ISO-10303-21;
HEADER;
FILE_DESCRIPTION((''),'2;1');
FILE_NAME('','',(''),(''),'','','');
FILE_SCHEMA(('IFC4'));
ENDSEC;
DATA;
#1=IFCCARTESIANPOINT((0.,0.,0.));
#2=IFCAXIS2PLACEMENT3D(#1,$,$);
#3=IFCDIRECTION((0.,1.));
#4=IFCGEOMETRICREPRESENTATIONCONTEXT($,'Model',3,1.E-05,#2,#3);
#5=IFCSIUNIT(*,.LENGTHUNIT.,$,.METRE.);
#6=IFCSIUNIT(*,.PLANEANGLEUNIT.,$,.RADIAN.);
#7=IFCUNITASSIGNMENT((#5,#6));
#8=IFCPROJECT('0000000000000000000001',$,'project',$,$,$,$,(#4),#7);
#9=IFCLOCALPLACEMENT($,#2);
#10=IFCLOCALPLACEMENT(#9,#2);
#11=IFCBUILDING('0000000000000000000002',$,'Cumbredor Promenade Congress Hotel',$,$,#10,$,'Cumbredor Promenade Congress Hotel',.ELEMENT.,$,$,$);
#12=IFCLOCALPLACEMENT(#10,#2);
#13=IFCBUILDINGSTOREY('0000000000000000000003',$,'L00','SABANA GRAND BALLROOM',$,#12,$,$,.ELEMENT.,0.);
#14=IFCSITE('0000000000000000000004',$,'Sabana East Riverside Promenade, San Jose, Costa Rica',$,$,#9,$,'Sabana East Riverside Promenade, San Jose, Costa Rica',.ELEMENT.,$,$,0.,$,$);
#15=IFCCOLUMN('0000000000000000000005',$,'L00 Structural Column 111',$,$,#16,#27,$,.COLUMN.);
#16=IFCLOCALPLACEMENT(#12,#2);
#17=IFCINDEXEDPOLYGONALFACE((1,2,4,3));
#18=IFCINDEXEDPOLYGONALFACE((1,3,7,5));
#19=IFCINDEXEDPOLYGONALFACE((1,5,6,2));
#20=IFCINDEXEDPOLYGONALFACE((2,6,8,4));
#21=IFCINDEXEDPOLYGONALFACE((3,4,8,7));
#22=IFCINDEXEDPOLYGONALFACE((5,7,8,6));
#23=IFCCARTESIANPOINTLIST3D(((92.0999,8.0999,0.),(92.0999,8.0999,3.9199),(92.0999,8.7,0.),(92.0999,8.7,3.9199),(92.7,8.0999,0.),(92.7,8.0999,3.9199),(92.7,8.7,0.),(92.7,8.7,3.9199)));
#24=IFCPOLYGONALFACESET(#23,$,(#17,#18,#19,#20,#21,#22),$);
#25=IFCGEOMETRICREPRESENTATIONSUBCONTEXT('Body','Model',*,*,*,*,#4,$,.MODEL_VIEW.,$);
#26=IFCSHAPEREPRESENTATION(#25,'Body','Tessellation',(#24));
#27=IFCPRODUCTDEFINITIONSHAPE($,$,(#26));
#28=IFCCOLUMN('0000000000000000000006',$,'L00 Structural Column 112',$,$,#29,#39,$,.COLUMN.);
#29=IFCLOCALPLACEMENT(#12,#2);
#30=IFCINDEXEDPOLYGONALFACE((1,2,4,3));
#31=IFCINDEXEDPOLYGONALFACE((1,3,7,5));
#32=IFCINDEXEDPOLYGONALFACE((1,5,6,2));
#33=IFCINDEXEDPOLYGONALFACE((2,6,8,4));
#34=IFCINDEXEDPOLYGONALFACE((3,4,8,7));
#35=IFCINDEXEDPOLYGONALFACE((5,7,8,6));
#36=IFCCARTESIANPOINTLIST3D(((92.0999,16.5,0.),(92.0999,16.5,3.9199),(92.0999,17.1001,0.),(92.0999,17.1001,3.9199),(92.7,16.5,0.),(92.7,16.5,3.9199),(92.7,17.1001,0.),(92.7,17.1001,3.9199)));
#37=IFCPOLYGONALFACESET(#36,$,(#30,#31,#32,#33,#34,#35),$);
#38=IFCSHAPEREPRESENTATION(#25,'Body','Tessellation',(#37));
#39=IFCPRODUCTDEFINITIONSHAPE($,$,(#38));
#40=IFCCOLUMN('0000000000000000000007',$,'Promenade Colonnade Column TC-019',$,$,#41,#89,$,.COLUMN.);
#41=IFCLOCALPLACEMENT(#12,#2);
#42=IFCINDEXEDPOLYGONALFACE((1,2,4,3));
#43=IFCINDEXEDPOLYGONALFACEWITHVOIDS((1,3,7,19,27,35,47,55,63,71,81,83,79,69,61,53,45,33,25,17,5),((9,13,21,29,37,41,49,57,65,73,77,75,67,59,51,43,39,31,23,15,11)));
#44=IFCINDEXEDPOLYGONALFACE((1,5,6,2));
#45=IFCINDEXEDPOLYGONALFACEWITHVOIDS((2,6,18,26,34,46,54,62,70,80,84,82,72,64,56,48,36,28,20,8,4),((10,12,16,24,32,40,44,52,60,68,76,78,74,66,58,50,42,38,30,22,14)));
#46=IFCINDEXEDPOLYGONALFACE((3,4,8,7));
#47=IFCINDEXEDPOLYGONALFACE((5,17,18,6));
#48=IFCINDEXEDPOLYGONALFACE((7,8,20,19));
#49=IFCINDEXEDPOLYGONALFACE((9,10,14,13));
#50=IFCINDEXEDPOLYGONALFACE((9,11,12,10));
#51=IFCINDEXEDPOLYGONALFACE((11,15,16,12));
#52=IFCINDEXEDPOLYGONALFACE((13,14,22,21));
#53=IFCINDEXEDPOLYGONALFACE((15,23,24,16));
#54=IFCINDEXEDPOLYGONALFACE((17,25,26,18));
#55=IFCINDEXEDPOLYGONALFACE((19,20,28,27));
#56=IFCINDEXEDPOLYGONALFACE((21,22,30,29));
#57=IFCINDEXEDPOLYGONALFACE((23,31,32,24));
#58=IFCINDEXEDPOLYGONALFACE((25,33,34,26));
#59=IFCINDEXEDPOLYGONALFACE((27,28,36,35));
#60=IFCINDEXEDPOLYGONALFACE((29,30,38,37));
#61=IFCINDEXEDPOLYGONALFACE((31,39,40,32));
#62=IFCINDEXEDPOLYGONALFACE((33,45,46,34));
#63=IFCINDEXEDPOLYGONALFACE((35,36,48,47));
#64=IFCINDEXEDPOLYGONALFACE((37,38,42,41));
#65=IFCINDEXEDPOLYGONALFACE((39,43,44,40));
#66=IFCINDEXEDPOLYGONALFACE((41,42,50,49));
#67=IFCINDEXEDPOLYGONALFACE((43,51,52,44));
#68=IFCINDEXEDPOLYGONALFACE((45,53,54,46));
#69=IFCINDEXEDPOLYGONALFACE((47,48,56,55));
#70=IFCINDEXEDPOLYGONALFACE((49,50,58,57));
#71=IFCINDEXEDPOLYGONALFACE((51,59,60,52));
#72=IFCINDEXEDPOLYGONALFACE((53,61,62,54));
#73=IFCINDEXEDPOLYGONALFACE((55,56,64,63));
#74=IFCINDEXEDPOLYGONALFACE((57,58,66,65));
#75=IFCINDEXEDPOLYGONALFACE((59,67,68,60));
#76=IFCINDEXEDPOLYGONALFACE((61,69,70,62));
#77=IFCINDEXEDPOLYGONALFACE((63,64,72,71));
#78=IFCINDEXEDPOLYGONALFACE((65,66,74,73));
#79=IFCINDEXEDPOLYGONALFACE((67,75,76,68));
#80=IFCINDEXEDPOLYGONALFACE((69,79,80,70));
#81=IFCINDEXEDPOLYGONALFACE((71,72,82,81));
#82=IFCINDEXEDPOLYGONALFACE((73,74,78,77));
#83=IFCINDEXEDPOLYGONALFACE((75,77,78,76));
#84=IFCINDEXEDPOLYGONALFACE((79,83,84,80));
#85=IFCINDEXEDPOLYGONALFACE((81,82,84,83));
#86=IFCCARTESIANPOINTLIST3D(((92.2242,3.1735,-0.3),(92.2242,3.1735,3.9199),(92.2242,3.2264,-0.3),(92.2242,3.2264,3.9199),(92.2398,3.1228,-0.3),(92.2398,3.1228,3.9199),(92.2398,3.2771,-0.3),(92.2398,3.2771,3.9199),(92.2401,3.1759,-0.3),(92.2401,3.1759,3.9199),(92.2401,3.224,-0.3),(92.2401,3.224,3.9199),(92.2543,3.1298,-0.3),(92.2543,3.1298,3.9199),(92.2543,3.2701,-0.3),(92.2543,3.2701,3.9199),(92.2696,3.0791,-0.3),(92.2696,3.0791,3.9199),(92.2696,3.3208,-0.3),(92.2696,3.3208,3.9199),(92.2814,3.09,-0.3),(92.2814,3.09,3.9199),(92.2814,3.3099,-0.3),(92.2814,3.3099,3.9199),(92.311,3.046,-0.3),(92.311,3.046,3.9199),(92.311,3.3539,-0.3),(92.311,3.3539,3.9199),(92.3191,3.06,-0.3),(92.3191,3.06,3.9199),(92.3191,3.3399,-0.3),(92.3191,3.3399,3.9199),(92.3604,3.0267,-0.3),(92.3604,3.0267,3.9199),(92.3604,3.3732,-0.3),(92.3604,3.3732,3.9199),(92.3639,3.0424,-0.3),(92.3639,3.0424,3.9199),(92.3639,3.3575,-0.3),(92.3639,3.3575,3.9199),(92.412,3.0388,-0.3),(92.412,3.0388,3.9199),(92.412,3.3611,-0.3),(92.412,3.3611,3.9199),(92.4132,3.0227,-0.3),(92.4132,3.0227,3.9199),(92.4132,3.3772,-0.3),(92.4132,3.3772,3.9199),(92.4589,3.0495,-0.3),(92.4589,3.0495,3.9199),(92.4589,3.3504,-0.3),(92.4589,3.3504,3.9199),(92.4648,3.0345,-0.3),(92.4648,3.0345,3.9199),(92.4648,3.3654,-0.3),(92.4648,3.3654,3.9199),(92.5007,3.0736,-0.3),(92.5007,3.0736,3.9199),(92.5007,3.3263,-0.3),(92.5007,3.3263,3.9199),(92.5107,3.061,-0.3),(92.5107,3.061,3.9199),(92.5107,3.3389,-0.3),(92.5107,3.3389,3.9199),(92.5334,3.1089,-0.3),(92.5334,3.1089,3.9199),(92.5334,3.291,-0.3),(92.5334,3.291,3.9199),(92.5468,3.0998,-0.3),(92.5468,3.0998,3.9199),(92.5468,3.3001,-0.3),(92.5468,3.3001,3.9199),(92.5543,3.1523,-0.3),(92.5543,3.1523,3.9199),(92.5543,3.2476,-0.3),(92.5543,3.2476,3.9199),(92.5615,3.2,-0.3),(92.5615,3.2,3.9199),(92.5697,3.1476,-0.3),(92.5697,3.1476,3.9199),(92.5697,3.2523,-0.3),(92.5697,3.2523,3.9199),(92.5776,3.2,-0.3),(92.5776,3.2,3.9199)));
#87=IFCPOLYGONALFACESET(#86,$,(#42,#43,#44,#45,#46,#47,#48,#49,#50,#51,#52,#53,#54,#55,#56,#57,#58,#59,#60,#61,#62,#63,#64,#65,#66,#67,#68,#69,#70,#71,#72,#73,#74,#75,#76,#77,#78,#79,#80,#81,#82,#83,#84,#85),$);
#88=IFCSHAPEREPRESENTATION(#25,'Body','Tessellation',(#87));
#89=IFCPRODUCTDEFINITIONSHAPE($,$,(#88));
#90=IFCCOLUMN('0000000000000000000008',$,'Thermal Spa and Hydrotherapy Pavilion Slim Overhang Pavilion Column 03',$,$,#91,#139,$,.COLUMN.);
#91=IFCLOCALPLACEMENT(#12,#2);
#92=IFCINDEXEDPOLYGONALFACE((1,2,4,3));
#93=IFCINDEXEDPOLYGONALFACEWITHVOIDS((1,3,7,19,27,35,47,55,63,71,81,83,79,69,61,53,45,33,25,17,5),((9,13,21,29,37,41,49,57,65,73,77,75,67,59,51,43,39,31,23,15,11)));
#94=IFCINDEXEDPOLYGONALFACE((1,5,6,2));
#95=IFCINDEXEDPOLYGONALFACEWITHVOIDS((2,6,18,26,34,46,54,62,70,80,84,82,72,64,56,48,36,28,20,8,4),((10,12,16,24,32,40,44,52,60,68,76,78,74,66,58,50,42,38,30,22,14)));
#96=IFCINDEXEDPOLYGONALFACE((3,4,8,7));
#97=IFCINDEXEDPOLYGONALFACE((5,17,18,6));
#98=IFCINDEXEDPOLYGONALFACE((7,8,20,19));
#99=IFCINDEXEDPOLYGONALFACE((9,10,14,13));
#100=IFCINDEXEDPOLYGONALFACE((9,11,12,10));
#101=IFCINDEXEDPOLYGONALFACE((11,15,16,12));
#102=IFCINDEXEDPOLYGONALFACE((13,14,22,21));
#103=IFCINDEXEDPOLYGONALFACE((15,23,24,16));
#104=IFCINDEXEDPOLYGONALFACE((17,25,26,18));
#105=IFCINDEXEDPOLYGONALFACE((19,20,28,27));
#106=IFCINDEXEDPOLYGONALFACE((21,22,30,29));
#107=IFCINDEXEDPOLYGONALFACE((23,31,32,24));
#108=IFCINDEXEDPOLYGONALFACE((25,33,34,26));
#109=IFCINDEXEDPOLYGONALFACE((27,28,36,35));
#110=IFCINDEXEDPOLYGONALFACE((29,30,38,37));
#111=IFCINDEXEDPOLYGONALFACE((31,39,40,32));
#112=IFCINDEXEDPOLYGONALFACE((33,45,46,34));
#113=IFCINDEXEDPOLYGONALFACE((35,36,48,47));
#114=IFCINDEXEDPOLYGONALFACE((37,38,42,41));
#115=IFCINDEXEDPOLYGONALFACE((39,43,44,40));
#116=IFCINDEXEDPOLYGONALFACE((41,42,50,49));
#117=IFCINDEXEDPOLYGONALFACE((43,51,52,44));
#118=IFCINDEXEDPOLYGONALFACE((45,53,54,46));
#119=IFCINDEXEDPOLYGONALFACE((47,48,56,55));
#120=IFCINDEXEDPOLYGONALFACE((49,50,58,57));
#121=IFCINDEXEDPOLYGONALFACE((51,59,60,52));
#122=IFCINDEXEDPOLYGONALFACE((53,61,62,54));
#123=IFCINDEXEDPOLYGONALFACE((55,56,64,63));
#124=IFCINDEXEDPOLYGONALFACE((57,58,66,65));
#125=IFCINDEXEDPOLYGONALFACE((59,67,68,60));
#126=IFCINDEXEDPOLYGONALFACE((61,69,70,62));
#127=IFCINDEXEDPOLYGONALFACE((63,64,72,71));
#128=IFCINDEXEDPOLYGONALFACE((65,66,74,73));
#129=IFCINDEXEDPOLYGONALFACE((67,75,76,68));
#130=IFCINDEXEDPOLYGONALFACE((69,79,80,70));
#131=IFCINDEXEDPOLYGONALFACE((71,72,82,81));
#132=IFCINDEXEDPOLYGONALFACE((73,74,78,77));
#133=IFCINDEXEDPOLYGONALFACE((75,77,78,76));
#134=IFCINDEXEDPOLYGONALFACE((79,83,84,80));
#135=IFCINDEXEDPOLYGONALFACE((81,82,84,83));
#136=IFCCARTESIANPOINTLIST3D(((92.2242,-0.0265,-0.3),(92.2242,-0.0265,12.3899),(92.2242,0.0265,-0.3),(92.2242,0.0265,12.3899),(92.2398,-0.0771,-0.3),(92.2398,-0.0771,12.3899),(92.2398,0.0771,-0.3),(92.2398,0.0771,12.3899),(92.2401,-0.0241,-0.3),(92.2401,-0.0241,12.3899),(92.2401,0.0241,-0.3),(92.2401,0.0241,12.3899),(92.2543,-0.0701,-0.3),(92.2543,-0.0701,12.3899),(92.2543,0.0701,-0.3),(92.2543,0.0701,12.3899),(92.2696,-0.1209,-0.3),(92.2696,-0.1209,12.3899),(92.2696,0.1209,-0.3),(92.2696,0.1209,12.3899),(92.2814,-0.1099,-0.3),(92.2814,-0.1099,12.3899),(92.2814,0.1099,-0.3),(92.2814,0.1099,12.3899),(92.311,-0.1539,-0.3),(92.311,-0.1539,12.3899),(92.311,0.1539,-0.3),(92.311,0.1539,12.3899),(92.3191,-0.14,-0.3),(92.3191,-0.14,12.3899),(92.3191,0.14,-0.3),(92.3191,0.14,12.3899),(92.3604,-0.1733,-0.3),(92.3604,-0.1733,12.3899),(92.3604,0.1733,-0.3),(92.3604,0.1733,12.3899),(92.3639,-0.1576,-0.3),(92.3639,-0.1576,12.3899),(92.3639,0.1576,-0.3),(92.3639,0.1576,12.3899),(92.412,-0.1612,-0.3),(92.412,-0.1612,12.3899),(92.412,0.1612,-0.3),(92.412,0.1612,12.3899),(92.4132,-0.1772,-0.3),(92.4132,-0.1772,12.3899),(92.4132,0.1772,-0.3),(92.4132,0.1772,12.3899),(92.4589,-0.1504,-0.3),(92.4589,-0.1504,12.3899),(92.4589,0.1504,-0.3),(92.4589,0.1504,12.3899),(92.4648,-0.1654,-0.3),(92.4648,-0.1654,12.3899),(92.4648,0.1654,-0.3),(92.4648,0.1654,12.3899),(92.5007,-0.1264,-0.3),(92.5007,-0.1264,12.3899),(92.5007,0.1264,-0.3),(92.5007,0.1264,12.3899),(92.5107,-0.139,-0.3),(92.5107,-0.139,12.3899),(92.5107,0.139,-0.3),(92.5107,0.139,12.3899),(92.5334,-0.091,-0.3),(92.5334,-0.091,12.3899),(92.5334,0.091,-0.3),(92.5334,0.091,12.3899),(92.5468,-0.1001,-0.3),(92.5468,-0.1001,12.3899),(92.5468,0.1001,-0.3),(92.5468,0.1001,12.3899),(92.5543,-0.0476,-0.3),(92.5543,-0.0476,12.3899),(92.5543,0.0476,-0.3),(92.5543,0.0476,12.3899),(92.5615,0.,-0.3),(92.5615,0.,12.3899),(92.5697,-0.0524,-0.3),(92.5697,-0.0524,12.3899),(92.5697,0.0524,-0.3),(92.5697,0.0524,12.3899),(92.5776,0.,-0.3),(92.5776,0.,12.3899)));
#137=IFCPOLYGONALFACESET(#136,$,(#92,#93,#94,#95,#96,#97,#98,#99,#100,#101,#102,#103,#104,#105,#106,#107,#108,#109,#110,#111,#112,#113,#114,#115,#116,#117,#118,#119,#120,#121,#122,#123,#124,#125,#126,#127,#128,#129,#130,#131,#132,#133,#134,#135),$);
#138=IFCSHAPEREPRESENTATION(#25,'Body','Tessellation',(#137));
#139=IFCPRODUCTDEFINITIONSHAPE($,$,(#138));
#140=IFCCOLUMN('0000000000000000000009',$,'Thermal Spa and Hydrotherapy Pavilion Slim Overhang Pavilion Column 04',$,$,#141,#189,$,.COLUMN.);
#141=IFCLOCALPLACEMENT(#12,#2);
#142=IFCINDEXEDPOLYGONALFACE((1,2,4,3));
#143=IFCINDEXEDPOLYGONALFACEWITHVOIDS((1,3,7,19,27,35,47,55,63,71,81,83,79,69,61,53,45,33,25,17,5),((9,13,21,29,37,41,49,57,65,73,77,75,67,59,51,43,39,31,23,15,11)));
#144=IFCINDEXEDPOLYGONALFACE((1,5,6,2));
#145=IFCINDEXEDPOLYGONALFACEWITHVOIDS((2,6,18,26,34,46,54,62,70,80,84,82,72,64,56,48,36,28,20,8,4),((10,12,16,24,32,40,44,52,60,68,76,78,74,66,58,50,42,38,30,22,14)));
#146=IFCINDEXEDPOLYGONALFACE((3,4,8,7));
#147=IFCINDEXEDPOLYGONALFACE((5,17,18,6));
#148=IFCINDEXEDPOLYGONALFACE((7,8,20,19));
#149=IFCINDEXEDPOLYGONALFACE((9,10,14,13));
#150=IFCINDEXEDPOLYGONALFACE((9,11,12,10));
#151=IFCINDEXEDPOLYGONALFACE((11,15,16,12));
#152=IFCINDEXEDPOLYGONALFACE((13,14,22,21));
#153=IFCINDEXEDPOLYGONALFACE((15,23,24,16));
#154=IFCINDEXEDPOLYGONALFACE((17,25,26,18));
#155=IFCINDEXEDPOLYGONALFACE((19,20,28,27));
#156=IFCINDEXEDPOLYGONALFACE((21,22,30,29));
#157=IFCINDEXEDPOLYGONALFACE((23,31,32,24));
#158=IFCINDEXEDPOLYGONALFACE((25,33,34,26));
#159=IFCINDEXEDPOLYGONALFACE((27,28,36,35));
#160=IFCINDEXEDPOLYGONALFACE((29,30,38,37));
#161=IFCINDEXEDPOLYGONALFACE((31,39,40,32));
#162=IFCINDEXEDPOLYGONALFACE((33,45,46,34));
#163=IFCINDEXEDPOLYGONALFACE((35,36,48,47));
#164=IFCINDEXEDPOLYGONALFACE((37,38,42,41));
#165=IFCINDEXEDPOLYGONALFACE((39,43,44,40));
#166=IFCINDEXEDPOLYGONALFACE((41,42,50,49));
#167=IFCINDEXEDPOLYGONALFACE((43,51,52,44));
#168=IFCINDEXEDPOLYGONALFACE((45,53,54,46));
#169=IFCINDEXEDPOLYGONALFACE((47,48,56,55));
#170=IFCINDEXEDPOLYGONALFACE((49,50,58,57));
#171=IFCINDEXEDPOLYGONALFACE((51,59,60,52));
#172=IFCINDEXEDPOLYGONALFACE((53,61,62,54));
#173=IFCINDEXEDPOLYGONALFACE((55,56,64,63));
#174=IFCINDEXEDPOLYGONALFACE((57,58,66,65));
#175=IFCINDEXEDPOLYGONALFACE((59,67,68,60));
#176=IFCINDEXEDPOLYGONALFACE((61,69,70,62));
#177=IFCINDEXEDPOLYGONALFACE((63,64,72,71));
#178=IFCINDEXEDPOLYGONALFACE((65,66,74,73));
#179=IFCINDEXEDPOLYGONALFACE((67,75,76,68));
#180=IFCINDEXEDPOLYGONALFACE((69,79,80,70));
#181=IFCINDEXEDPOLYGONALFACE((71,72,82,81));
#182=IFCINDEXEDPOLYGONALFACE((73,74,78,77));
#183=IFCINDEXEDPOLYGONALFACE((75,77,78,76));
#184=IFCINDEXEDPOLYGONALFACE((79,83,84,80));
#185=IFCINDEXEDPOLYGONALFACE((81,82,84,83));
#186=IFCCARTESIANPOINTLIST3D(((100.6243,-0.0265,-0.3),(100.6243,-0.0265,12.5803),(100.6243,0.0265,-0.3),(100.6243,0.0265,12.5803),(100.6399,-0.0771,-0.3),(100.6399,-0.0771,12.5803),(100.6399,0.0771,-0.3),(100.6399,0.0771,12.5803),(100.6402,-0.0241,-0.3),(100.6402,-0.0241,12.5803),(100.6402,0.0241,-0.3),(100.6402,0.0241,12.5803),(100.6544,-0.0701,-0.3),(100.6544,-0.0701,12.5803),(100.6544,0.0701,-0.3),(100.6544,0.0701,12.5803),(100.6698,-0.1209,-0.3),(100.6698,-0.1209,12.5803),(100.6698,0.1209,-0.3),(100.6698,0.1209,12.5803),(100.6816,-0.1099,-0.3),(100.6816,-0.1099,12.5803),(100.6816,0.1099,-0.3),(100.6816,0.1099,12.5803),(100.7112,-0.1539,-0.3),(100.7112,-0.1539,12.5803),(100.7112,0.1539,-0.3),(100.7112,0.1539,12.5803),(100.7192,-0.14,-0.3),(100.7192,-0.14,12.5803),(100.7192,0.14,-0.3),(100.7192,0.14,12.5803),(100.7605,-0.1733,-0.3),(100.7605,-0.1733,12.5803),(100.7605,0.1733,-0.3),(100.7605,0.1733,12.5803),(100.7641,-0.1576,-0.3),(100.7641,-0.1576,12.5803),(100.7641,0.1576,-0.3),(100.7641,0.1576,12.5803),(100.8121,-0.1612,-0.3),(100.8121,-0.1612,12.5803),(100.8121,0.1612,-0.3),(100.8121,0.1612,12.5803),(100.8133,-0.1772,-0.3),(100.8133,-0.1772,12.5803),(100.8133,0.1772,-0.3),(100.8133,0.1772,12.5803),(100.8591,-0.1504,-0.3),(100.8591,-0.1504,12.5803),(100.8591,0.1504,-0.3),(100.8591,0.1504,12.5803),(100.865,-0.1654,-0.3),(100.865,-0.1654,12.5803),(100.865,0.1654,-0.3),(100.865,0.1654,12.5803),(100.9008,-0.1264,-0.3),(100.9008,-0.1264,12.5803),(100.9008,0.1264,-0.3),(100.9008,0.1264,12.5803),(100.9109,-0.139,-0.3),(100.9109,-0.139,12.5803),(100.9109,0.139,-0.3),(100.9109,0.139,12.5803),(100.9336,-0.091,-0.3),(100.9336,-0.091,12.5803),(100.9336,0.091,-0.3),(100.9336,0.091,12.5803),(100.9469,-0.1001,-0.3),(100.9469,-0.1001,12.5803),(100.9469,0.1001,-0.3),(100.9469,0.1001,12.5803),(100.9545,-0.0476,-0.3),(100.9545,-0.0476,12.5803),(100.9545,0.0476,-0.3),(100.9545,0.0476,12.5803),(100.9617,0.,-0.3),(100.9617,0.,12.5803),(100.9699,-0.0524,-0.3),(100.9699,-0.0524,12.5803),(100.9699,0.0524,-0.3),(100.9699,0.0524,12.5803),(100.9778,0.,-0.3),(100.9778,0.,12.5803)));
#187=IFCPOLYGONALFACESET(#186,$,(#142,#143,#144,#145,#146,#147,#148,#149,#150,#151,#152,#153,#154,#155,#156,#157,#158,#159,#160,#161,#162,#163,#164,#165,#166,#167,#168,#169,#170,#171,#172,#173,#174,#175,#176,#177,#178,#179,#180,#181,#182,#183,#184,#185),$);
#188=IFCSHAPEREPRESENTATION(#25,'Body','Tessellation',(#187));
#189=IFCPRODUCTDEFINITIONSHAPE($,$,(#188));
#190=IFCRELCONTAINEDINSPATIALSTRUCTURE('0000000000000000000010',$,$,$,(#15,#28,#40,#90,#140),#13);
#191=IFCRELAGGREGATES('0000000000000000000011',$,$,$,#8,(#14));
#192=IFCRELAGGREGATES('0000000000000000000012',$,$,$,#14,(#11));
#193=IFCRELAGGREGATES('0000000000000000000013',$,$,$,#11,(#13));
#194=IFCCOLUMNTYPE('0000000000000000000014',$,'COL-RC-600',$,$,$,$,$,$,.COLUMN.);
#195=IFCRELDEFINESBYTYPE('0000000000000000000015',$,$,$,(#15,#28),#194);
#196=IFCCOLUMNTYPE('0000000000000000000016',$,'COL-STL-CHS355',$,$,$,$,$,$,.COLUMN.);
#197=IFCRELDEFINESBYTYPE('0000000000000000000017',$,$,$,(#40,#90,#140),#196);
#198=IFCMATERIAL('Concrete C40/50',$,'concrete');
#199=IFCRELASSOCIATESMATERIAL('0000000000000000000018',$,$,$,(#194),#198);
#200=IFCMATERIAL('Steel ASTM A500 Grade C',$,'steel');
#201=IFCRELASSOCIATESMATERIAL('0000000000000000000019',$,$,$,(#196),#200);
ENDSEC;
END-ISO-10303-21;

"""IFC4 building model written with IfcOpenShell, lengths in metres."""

from ifc_helpers import new_model, si_unit, direction, frame, origin, origin_2d, place, context, subcontext, project, spatial, rectangle, hollow_circle, extrude, material, material_profile, profile_set, type_object, element, save


model = new_model("IFC4")

# Units and contexts
model_context = context("Model", 3, precision=1e-05, world=origin(), true_north=direction((0.0, 1.0)))
body_context = subcontext(model_context, "Body", "Model", "MODEL_VIEW")
ifc_project = project(units=[si_unit("LENGTHUNIT", "METRE"), si_unit("PLANEANGLEUNIT", "RADIAN")], contexts=[model_context])

# Site, building, storey
site_placement = place(None, origin())
site = spatial("IfcSite", under=ifc_project, at=site_placement, Name="Sabana East Riverside Promenade, San Jose, Costa Rica", LongName="Sabana East Riverside Promenade, San Jose, Costa Rica", CompositionType="ELEMENT", RefElevation=0.0)
building_placement = place(site_placement, origin())
building = spatial("IfcBuilding", under=site, at=building_placement, Name="Cumbredor Promenade Congress Hotel", LongName="Cumbredor Promenade Congress Hotel", CompositionType="ELEMENT")
storey_placement = place(building_placement, origin())
storey = spatial("IfcBuildingStorey", under=building, at=storey_placement, Name="L00", Description="SABANA GRAND BALLROOM", CompositionType="ELEMENT", Elevation=0.0)

# Columns
ifc_material_1 = material(Name="Concrete C40/50", Category="concrete")
ifc_material_profile_1 = material_profile(ifc_material_1, rectangle(XDim=0.6001, YDim=0.6001, at=origin_2d()), Name="RC 600x600")
ifc_profile_set_1 = profile_set([ifc_material_profile_1], Name="Concrete C40/50")
column_type_1 = type_object("IfcColumnType", Name="COL-RC-600", PredefinedType="COLUMN", material=ifc_profile_set_1)
for number, where, z_axis, x_axis, name in (
    (1, (92.3999, 8.3999, 0.0), (0.0, 0.0, 1.0), (1.0, 0.0, 0.0), "L00 Structural Column 111"),
    (2, (92.3999, 16.8, 0.0), (0.0, 0.0, 1.0), (1.0, 0.0, 0.0), "L00 Structural Column 112"),
):
    element("IfcColumn", number, at=place(storey_placement, frame(where, z_axis=z_axis, x_axis=x_axis)), inside=storey, type_object=column_type_1, Name=name, PredefinedType="COLUMN", context=body_context, shape_type="SweptSolid", body=[
        extrude(rectangle(XDim=0.6001, YDim=0.6001, at=origin_2d()), origin(), (0.0, 0.0, 1.0), 3.9199),
    ])
ifc_material_2 = material(Name="Steel ASTM A500 Grade C", Category="steel")
ifc_material_profile_2 = material_profile(ifc_material_2, hollow_circle(Radius=0.1777, WallThickness=0.0161, at=origin_2d()), Name="CHS 355.6x16")
ifc_profile_set_2 = profile_set([ifc_material_profile_2], Name="Steel ASTM A500 Grade C")
column_type_2 = type_object("IfcColumnType", Name="COL-STL-CHS355", PredefinedType="COLUMN", material=ifc_profile_set_2)
column_1_placement = place(storey_placement, frame((92.3999, 3.2, -0.3), z_axis=(0.0, 0.0, 1.0), x_axis=(1.0, 0.0, 0.0)))
element("IfcColumn", 3, at=column_1_placement, inside=storey, type_object=column_type_2, Name="Promenade Colonnade Column TC-019", PredefinedType="COLUMN", context=body_context, shape_type="SweptSolid", body=[
    extrude(hollow_circle(Radius=0.1777, WallThickness=0.0161, at=origin_2d()), origin(), (0.0, 0.0, 1.0), 4.22),
])
column_2_placement = place(storey_placement, frame((92.3999, 0.0, -0.3), z_axis=(0.0, 0.0, 1.0), x_axis=(1.0, 0.0, 0.0)))
element("IfcColumn", 4, at=column_2_placement, inside=storey, type_object=column_type_2, Name="Thermal Spa and Hydrotherapy Pavilion Slim Overhang Pavilion Column 03", PredefinedType="COLUMN", context=body_context, shape_type="SweptSolid", body=[
    extrude(hollow_circle(Radius=0.1777, WallThickness=0.0161, at=origin_2d()), origin(), (0.0, 0.0, 1.0), 12.6899),
])
column_3_placement = place(storey_placement, frame((100.8, 0.0, -0.3), z_axis=(0.0, 0.0, 1.0), x_axis=(1.0, 0.0, 0.0)))
element("IfcColumn", 5, at=column_3_placement, inside=storey, type_object=column_type_2, Name="Thermal Spa and Hydrotherapy Pavilion Slim Overhang Pavilion Column 04", PredefinedType="COLUMN", context=body_context, shape_type="SweptSolid", body=[
    extrude(hollow_circle(Radius=0.1777, WallThickness=0.0161, at=origin_2d()), origin(), (0.0, 0.0, 1.0), 12.8804),
])

save(model, "model.ifc")
